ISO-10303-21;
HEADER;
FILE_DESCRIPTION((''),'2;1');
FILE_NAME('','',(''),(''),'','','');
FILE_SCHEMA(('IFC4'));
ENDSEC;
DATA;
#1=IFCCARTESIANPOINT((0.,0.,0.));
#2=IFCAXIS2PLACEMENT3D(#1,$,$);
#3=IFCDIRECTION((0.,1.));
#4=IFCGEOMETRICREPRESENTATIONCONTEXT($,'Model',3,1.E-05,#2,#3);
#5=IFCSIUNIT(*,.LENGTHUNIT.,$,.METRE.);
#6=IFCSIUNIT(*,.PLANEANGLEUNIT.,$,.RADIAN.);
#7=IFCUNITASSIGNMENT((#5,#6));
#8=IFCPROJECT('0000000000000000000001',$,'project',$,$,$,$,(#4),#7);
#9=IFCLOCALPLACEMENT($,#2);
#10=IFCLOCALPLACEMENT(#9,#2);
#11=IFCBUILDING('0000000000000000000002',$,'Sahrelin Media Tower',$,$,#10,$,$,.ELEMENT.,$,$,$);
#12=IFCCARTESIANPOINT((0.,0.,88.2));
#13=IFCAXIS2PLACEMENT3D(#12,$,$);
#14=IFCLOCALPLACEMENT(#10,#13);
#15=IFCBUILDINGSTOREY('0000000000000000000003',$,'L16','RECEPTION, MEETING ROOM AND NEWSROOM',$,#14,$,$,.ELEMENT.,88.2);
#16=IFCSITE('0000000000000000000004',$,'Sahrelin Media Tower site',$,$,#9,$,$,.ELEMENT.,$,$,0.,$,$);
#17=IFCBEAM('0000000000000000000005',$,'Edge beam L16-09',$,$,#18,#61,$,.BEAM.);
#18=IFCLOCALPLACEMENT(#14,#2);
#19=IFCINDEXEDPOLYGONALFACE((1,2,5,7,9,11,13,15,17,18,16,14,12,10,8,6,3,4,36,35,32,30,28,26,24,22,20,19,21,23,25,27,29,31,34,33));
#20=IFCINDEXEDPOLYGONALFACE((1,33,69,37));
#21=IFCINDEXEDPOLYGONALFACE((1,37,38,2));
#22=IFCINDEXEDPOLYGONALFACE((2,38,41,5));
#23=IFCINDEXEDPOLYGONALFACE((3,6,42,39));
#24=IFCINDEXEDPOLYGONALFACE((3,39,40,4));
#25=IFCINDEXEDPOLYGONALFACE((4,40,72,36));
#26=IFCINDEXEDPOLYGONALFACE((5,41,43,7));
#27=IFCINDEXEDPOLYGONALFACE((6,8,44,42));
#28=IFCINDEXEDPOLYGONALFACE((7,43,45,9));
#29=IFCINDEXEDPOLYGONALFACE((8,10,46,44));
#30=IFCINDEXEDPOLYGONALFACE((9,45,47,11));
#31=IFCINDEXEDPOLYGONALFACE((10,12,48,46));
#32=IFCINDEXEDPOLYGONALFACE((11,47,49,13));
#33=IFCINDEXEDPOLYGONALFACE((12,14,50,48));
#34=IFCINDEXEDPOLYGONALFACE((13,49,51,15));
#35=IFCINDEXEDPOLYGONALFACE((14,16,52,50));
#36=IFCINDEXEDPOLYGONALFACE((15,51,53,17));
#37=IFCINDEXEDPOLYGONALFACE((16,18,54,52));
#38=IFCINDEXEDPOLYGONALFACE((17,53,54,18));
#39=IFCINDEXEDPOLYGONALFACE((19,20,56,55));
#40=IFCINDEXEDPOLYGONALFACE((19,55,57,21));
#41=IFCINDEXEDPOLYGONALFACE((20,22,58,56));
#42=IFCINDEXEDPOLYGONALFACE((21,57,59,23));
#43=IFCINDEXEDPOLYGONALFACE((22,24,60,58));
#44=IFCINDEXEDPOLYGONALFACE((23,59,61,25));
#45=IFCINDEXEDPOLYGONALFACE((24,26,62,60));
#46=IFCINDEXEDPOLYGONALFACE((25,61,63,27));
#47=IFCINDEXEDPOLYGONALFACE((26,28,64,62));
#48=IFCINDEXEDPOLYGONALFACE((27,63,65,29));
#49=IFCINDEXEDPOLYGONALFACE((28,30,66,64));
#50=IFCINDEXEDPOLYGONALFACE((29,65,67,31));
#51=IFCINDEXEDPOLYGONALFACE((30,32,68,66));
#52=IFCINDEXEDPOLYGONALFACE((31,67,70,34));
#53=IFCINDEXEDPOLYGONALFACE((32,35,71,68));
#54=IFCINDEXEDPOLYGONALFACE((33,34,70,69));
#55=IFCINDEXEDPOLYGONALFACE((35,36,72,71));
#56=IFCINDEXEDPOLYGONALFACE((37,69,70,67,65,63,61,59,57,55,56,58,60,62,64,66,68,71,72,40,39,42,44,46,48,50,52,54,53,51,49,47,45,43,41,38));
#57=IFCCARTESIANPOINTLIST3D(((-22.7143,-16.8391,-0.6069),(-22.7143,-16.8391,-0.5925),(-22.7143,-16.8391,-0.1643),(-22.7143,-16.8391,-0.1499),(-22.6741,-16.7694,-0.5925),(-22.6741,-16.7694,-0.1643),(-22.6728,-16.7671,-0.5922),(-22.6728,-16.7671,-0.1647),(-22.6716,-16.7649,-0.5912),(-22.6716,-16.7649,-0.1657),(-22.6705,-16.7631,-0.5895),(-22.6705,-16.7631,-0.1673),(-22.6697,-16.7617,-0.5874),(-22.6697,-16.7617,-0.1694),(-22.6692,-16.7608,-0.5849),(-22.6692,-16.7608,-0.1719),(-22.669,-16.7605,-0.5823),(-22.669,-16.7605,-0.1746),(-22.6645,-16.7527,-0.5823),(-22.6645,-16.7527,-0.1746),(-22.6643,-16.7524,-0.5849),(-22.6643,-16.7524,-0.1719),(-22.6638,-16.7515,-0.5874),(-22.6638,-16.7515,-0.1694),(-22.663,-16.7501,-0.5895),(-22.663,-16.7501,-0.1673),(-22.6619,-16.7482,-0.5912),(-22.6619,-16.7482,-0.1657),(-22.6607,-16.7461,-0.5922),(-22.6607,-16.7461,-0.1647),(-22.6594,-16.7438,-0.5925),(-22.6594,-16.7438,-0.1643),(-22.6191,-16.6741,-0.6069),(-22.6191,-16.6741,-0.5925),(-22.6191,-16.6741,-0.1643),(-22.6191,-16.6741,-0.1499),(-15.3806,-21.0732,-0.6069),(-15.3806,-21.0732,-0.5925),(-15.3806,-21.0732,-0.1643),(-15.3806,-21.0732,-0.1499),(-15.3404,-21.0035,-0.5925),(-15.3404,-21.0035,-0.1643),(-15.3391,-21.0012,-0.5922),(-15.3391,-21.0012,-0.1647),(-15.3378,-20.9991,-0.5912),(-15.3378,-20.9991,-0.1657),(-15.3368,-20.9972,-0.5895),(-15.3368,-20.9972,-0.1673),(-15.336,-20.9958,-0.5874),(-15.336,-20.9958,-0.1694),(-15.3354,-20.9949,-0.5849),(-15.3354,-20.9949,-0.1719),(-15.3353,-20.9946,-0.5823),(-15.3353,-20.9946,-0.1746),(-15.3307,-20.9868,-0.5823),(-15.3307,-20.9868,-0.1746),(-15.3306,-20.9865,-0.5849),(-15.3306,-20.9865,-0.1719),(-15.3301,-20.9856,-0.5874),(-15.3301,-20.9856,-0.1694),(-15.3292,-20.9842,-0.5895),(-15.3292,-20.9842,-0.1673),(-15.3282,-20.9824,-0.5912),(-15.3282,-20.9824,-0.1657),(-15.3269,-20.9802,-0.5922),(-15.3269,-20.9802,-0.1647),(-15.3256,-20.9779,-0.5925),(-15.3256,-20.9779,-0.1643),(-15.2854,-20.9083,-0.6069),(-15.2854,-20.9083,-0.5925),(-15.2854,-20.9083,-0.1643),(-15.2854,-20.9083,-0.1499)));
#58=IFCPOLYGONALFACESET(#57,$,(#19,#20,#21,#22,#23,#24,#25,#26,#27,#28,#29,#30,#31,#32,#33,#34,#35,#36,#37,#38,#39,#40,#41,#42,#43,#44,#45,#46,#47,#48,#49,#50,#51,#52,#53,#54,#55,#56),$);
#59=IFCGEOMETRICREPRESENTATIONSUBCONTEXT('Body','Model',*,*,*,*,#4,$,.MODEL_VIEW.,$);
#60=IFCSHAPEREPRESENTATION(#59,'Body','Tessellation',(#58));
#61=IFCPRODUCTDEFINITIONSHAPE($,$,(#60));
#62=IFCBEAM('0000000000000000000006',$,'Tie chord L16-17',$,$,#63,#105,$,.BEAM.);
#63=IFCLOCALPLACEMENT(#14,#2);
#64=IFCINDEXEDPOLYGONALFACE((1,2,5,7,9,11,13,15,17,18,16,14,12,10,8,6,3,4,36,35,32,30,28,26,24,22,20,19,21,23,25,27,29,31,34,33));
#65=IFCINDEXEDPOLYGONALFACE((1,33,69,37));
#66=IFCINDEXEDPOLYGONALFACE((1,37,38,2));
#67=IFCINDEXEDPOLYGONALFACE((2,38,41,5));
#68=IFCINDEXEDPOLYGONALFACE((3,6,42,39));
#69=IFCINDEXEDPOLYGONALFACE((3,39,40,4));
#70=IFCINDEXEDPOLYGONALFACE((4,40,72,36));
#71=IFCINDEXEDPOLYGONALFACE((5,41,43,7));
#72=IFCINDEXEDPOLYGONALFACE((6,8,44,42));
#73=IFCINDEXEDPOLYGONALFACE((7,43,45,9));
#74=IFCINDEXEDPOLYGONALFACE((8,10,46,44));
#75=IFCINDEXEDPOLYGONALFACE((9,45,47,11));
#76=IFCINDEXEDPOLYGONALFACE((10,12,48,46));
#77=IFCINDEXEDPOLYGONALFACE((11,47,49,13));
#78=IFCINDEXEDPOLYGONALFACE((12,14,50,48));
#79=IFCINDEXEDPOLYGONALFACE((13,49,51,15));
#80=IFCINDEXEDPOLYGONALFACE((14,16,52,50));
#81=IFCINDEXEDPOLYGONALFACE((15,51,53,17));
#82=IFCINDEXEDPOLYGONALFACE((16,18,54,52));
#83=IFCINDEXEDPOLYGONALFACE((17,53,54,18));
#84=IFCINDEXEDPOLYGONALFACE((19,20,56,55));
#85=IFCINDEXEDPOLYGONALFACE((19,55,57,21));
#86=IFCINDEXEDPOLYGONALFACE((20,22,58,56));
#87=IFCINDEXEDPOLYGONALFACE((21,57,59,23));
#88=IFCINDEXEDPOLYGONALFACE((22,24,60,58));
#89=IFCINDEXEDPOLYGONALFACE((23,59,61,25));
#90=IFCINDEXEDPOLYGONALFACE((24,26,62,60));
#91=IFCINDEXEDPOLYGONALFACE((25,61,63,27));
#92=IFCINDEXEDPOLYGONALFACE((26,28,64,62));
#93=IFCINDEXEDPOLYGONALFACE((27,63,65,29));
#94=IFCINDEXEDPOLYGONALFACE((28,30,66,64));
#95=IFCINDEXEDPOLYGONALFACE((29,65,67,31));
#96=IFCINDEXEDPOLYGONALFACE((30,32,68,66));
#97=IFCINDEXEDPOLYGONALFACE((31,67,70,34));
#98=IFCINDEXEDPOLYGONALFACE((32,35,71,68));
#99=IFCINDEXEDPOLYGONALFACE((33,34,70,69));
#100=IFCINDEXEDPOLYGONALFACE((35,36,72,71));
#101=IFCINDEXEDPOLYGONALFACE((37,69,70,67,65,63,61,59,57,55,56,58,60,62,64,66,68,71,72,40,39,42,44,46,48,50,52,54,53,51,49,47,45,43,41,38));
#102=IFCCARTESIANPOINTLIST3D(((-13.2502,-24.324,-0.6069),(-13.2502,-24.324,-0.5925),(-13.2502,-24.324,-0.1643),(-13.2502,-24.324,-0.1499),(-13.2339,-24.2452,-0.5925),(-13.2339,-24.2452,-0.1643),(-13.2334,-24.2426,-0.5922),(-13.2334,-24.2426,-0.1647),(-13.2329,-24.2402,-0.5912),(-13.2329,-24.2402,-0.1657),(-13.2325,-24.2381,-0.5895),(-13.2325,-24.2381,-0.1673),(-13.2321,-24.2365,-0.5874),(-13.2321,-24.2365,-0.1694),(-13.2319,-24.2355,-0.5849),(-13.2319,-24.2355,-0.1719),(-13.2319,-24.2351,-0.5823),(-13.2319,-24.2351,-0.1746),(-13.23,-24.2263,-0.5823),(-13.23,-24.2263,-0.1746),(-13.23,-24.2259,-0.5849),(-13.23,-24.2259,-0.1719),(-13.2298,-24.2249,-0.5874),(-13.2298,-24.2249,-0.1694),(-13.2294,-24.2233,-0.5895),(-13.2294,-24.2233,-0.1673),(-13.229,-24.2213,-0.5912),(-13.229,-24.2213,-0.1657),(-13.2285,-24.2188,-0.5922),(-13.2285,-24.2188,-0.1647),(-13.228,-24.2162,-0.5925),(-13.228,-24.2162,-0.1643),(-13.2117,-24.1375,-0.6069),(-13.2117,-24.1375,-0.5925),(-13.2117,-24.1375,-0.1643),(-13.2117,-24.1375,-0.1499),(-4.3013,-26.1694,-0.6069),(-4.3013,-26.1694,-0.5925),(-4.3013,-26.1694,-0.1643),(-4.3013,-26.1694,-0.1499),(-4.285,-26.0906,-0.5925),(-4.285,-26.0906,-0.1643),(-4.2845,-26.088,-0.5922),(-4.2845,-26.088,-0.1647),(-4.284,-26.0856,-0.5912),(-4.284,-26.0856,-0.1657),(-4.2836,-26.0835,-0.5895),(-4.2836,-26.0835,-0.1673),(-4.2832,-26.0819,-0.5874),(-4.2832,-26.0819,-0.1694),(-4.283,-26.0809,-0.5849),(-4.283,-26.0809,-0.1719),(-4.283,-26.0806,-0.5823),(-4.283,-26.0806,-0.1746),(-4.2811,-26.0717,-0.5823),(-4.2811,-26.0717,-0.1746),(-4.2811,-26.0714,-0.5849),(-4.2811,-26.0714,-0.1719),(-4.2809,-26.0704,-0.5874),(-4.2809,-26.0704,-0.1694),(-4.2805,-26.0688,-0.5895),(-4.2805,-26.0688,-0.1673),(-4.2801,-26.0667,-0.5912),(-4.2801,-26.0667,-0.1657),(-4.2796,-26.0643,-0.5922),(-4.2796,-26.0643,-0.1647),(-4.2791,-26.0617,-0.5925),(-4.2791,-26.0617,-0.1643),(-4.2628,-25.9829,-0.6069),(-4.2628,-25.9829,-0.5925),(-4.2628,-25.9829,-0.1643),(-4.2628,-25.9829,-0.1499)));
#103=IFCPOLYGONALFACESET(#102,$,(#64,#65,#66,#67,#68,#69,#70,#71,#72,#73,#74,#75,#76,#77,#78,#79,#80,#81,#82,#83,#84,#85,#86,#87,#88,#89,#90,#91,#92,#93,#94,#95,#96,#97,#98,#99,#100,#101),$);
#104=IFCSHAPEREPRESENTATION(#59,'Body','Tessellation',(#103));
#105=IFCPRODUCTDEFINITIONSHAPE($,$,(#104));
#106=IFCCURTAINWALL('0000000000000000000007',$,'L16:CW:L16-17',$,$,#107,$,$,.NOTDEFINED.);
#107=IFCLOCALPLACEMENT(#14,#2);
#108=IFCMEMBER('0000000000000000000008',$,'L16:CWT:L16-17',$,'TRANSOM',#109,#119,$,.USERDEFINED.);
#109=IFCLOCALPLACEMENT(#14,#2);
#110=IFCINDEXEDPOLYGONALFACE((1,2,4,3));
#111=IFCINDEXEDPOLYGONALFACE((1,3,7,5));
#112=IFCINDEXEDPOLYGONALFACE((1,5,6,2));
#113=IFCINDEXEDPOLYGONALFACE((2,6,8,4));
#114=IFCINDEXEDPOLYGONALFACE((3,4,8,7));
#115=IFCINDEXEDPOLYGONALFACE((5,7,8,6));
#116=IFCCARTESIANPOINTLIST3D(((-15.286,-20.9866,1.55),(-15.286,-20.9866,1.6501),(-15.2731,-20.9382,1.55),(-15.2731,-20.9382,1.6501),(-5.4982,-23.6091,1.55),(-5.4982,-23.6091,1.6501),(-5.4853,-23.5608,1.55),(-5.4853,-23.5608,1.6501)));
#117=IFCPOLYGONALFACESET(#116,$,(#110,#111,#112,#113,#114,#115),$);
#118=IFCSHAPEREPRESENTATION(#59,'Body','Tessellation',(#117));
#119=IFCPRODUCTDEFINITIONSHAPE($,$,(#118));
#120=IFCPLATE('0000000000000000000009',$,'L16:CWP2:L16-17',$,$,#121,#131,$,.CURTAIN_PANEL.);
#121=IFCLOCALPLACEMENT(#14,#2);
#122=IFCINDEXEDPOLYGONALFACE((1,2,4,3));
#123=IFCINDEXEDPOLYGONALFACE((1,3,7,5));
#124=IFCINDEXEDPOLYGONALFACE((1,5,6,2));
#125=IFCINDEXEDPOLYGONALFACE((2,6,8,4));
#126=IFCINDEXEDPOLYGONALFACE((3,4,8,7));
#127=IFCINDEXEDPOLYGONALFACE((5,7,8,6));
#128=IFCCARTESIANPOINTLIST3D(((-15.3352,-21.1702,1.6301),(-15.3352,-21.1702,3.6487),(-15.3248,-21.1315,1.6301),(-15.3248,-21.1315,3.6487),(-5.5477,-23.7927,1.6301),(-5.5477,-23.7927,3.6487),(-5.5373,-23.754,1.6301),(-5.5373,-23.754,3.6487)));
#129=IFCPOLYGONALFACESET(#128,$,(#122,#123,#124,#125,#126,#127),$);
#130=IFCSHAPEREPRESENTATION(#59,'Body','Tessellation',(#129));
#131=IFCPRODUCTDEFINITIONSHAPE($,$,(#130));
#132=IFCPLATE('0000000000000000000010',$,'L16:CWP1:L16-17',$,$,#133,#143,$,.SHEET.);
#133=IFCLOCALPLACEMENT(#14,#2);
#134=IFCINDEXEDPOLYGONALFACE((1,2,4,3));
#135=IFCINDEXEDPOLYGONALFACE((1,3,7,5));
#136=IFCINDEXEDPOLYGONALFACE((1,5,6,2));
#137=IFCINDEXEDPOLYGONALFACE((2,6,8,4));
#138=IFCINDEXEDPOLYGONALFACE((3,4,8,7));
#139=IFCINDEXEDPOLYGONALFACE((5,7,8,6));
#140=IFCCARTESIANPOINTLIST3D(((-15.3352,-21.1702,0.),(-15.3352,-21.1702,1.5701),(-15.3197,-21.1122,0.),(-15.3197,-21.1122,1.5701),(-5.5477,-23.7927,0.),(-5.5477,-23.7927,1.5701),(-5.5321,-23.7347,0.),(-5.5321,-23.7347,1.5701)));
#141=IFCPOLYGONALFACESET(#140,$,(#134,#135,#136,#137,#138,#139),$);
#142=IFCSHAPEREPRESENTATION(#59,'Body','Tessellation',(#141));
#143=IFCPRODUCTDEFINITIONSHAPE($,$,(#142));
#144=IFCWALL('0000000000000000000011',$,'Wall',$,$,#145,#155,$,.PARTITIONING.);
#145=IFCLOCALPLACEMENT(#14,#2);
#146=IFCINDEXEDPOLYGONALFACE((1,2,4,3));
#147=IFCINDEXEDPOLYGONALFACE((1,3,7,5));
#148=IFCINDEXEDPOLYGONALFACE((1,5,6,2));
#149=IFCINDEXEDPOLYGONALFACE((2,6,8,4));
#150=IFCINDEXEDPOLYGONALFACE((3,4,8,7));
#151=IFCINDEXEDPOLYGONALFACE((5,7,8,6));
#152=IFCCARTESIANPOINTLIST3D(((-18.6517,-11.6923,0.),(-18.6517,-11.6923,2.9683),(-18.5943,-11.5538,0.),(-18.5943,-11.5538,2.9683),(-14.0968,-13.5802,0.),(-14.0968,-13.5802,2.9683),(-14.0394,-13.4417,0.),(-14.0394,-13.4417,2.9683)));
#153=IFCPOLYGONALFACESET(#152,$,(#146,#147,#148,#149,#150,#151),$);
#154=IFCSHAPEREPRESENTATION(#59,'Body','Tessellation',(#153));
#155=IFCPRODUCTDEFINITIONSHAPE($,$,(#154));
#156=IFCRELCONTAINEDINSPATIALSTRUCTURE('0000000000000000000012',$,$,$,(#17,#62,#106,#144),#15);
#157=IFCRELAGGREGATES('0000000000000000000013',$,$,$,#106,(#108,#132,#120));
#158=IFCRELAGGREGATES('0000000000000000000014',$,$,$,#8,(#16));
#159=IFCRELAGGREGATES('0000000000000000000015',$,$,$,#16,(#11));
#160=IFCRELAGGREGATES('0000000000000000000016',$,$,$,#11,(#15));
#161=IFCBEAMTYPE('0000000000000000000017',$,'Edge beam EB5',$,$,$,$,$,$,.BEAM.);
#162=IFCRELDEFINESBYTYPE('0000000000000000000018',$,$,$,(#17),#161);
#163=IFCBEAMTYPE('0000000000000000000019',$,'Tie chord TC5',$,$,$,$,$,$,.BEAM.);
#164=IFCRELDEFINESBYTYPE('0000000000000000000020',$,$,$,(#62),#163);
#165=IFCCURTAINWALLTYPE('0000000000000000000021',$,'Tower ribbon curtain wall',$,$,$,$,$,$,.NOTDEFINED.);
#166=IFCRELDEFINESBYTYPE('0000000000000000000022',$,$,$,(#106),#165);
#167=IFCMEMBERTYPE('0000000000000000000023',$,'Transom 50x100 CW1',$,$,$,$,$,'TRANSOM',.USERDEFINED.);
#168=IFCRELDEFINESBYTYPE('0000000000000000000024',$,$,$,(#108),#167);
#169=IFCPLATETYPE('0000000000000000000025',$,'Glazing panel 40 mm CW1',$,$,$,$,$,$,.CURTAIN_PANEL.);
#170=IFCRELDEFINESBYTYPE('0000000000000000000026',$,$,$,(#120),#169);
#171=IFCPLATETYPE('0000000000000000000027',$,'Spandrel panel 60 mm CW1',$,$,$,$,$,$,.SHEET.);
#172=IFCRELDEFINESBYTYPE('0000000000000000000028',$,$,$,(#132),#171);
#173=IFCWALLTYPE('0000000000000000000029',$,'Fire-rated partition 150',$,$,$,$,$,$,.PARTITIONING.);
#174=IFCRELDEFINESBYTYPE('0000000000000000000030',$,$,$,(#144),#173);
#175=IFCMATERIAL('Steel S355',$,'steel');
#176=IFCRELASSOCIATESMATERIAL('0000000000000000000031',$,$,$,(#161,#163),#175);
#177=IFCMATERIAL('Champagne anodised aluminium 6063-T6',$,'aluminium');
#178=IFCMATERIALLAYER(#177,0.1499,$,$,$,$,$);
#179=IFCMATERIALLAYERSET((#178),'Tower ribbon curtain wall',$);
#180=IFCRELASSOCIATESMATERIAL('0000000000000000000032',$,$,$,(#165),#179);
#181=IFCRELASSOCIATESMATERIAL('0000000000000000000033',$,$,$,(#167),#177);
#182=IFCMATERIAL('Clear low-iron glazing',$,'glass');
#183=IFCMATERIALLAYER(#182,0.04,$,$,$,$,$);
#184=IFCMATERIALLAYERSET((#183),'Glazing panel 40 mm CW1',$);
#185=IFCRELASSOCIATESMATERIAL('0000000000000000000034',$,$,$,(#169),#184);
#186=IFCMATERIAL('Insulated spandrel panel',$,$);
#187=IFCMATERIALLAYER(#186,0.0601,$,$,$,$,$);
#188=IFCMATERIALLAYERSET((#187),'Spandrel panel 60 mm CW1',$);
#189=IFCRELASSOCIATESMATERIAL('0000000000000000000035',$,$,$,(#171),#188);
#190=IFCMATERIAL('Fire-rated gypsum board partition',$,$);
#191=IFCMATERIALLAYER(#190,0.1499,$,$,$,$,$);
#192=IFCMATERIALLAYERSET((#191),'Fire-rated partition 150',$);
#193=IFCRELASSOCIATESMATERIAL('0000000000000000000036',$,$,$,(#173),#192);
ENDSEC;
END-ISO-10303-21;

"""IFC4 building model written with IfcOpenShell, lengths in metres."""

from ifc_helpers import new_model, si_unit, direction, frame, frame_2d, origin, origin_2d, place, context, subcontext, project, spatial, polyline, rectangle, i_section, outline, extrude, material, layer, layer_set, material_profile, profile_set, type_object, element, aggregate, save


model = new_model("IFC4")

# Units and contexts
model_context = context("Model", 3, precision=1e-05, world=origin(), true_north=direction((0.0, 1.0)))
body_context = subcontext(model_context, "Body", "Model", "MODEL_VIEW")
ifc_project = project(units=[si_unit("LENGTHUNIT", "METRE"), si_unit("PLANEANGLEUNIT", "RADIAN")], contexts=[model_context])

# Site, building, storey
site_placement = place(None, origin())
site = spatial("IfcSite", under=ifc_project, at=site_placement, Name="Sahrelin Media Tower site", CompositionType="ELEMENT", RefElevation=0.0)
building_placement = place(site_placement, origin())
building = spatial("IfcBuilding", under=site, at=building_placement, Name="Sahrelin Media Tower", CompositionType="ELEMENT")
storey_placement = place(building_placement, frame((0.0, 0.0, 88.2)))
storey = spatial("IfcBuildingStorey", under=building, at=storey_placement, Name="L16", Description="RECEPTION, MEETING ROOM AND NEWSROOM", CompositionType="ELEMENT", Elevation=88.2)

# Beams
ifc_material_1 = material(Name="Steel S355", Category="steel")
ifc_material_profile_1 = material_profile(ifc_material_1, i_section(OverallWidth=0.1904, OverallDepth=0.457, WebThickness=0.009, FlangeThickness=0.0144, FilletRadius=0.0103, at=origin_2d()), Name="UB 457x191x74")
ifc_profile_set_1 = profile_set([ifc_material_profile_1], Name="Steel S355")
beam_type_1 = type_object("IfcBeamType", Name="Edge beam EB5", PredefinedType="BEAM", material=ifc_profile_set_1)
beam_1_placement = place(storey_placement, frame((-15.333, -20.9907, -0.3784), z_axis=(-0.866026, 0.499999, 0.0), x_axis=(-0.499999, -0.866026, 0.0)))
element("IfcBeam", 1, at=beam_1_placement, inside=storey, type_object=beam_type_1, Name="Edge beam L16-09", PredefinedType="BEAM", context=body_context, shape_type="SweptSolid", body=[
    extrude(i_section(OverallWidth=0.1904, OverallDepth=0.457, WebThickness=0.009, FlangeThickness=0.0144, FilletRadius=0.0103, at=origin_2d()), origin(), (0.0, 0.0, 1.0), 8.4683),
])
ifc_material_profile_2 = material_profile(ifc_material_1, i_section(OverallWidth=0.1904, OverallDepth=0.457, WebThickness=0.009, FlangeThickness=0.0144, FilletRadius=0.0103, at=origin_2d()), Name="UB 457x191x74")
ifc_profile_set_2 = profile_set([ifc_material_profile_2], Name="Steel S355")
beam_type_2 = type_object("IfcBeamType", Name="Tie chord TC5", PredefinedType="BEAM", material=ifc_profile_set_2)
beam_2_placement = place(storey_placement, frame((-13.231, -24.2307, -0.3784), z_axis=(0.979392, -0.20197, 0.0), x_axis=(0.20197, 0.979392, 0.0)))
element("IfcBeam", 2, at=beam_2_placement, inside=storey, type_object=beam_type_2, Name="Tie chord L16-17", PredefinedType="BEAM", context=body_context, shape_type="SweptSolid", body=[
    extrude(i_section(OverallWidth=0.1904, OverallDepth=0.457, WebThickness=0.009, FlangeThickness=0.0144, FilletRadius=0.0103, at=origin_2d()), origin(), (0.0, 0.0, 1.0), 9.1372),
])

# Curtain wall, member, plates
ifc_material_2 = material(Name="Champagne anodised aluminium 6063-T6", Category="aluminium")
ifc_layer_1 = layer(ifc_material_2, 0.1499)
ifc_layer_set_1 = layer_set([ifc_layer_1], Name="Tower ribbon curtain wall")
curtain_wall_type = type_object("IfcCurtainWallType", Name="Tower ribbon curtain wall", PredefinedType="NOTDEFINED", material=ifc_layer_set_1)
curtain_wall_placement = place(storey_placement, frame((-10.4363, -22.4619, 0.0), z_axis=(0.0, 0.0, 1.0), x_axis=(1.0, 0.0, 0.0)))
curtain_wall = element("IfcCurtainWall", 3, at=curtain_wall_placement, inside=storey, type_object=curtain_wall_type, Name="L16:CW:L16-17", PredefinedType="NOTDEFINED")
ifc_material_profile_3 = material_profile(ifc_material_2, rectangle(XDim=0.05, YDim=0.1001, at=origin_2d()), Name="Transom 50x100")
ifc_profile_set_3 = profile_set([ifc_material_profile_3], Name="Champagne anodised aluminium 6063-T6")
member_type = type_object("IfcMemberType", Name="Transom 50x100 CW1", ElementType="TRANSOM", PredefinedType="USERDEFINED", material=ifc_profile_set_3)
member_placement = place(storey_placement, frame((-15.2795, -20.9624, 1.6001), z_axis=(0.965928, -0.258811, 0.0), x_axis=(0.258811, 0.965928, 0.0)))
member = element("IfcMember", 4, at=member_placement, type_object=member_type, Name="L16:CWT:L16-17", ObjectType="TRANSOM", PredefinedType="USERDEFINED", context=body_context, shape_type="SweptSolid", body=[
    extrude(rectangle(XDim=0.05, YDim=0.1001, at=origin_2d()), origin(), (0.0, 0.0, 1.0), 10.1331),
])
ifc_material_3 = material(Name="Clear low-iron glazing", Category="glass")
ifc_layer_2 = layer(ifc_material_3, 0.04)
ifc_layer_set_2 = layer_set([ifc_layer_2], Name="Glazing panel 40 mm CW1")
plate_type_1 = type_object("IfcPlateType", Name="Glazing panel 40 mm CW1", PredefinedType="CURTAIN_PANEL", material=ifc_layer_set_2)
plate_1_placement = place(storey_placement, frame((-15.3352, -21.1702, 1.6301), z_axis=(-0.258817, -0.965926, 0.0), x_axis=(0.965926, -0.258817, 0.0)))
plate_1 = element("IfcPlate", 5, at=plate_1_placement, type_object=plate_type_1, Name="L16:CWP2:L16-17", PredefinedType="CURTAIN_PANEL", context=body_context, shape_type="SweptSolid", body=[
    extrude(outline(polyline([(0.0, 0.0), (10.1328, 0.0), (10.1328, 2.0186), (0.0, 2.0186), (0.0, 0.0)])), origin(), (0.0, 0.0, -1.0), 0.04),
])
ifc_material_4 = material(Name="Insulated spandrel panel")
ifc_layer_3 = layer(ifc_material_4, 0.0601)
ifc_layer_set_3 = layer_set([ifc_layer_3], Name="Spandrel panel 60 mm CW1")
plate_type_2 = type_object("IfcPlateType", Name="Spandrel panel 60 mm CW1", PredefinedType="SHEET", material=ifc_layer_set_3)
plate_2_placement = place(storey_placement, frame((-15.3352, -21.1702, 0.0), z_axis=(-0.258817, -0.965926, 0.0), x_axis=(0.965926, -0.258817, 0.0)))
plate_2 = element("IfcPlate", 6, at=plate_2_placement, type_object=plate_type_2, Name="L16:CWP1:L16-17", PredefinedType="SHEET", context=body_context, shape_type="SweptSolid", body=[
    extrude(outline(polyline([(0.0, 0.0), (10.1328, 0.0), (10.1328, 1.5701), (0.0, 1.5701), (0.0, 0.0)])), origin(), (0.0, 0.0, -1.0), 0.0601),
])
aggregate(curtain_wall, [member, plate_2, plate_1])

# Wall
ifc_material_5 = material(Name="Fire-rated gypsum board partition")
ifc_layer_4 = layer(ifc_material_5, 0.1499)
ifc_layer_set_4 = layer_set([ifc_layer_4], Name="Fire-rated partition 150")
wall_type_1 = type_object("IfcWallType", Name="Fire-rated partition 150", PredefinedType="PARTITIONING", material=ifc_layer_set_4)
wall_1_placement = place(storey_placement, frame((-18.623, -11.623, 0.0), z_axis=(0.0, 0.0, 1.0), x_axis=(0.923792, -0.382895, 0.0)))
element("IfcWall", 7, at=wall_1_placement, inside=storey, type_object=wall_type_1, Name="Wall", PredefinedType="PARTITIONING", context=body_context, shape_type="SweptSolid", body=[
    extrude(rectangle(XDim=4.9307, YDim=0.1499, at=frame_2d((2.4653, 0.0))), origin(), (0.0, 0.0, 1.0), 2.9683),
])

save(model, "model.ifc")
